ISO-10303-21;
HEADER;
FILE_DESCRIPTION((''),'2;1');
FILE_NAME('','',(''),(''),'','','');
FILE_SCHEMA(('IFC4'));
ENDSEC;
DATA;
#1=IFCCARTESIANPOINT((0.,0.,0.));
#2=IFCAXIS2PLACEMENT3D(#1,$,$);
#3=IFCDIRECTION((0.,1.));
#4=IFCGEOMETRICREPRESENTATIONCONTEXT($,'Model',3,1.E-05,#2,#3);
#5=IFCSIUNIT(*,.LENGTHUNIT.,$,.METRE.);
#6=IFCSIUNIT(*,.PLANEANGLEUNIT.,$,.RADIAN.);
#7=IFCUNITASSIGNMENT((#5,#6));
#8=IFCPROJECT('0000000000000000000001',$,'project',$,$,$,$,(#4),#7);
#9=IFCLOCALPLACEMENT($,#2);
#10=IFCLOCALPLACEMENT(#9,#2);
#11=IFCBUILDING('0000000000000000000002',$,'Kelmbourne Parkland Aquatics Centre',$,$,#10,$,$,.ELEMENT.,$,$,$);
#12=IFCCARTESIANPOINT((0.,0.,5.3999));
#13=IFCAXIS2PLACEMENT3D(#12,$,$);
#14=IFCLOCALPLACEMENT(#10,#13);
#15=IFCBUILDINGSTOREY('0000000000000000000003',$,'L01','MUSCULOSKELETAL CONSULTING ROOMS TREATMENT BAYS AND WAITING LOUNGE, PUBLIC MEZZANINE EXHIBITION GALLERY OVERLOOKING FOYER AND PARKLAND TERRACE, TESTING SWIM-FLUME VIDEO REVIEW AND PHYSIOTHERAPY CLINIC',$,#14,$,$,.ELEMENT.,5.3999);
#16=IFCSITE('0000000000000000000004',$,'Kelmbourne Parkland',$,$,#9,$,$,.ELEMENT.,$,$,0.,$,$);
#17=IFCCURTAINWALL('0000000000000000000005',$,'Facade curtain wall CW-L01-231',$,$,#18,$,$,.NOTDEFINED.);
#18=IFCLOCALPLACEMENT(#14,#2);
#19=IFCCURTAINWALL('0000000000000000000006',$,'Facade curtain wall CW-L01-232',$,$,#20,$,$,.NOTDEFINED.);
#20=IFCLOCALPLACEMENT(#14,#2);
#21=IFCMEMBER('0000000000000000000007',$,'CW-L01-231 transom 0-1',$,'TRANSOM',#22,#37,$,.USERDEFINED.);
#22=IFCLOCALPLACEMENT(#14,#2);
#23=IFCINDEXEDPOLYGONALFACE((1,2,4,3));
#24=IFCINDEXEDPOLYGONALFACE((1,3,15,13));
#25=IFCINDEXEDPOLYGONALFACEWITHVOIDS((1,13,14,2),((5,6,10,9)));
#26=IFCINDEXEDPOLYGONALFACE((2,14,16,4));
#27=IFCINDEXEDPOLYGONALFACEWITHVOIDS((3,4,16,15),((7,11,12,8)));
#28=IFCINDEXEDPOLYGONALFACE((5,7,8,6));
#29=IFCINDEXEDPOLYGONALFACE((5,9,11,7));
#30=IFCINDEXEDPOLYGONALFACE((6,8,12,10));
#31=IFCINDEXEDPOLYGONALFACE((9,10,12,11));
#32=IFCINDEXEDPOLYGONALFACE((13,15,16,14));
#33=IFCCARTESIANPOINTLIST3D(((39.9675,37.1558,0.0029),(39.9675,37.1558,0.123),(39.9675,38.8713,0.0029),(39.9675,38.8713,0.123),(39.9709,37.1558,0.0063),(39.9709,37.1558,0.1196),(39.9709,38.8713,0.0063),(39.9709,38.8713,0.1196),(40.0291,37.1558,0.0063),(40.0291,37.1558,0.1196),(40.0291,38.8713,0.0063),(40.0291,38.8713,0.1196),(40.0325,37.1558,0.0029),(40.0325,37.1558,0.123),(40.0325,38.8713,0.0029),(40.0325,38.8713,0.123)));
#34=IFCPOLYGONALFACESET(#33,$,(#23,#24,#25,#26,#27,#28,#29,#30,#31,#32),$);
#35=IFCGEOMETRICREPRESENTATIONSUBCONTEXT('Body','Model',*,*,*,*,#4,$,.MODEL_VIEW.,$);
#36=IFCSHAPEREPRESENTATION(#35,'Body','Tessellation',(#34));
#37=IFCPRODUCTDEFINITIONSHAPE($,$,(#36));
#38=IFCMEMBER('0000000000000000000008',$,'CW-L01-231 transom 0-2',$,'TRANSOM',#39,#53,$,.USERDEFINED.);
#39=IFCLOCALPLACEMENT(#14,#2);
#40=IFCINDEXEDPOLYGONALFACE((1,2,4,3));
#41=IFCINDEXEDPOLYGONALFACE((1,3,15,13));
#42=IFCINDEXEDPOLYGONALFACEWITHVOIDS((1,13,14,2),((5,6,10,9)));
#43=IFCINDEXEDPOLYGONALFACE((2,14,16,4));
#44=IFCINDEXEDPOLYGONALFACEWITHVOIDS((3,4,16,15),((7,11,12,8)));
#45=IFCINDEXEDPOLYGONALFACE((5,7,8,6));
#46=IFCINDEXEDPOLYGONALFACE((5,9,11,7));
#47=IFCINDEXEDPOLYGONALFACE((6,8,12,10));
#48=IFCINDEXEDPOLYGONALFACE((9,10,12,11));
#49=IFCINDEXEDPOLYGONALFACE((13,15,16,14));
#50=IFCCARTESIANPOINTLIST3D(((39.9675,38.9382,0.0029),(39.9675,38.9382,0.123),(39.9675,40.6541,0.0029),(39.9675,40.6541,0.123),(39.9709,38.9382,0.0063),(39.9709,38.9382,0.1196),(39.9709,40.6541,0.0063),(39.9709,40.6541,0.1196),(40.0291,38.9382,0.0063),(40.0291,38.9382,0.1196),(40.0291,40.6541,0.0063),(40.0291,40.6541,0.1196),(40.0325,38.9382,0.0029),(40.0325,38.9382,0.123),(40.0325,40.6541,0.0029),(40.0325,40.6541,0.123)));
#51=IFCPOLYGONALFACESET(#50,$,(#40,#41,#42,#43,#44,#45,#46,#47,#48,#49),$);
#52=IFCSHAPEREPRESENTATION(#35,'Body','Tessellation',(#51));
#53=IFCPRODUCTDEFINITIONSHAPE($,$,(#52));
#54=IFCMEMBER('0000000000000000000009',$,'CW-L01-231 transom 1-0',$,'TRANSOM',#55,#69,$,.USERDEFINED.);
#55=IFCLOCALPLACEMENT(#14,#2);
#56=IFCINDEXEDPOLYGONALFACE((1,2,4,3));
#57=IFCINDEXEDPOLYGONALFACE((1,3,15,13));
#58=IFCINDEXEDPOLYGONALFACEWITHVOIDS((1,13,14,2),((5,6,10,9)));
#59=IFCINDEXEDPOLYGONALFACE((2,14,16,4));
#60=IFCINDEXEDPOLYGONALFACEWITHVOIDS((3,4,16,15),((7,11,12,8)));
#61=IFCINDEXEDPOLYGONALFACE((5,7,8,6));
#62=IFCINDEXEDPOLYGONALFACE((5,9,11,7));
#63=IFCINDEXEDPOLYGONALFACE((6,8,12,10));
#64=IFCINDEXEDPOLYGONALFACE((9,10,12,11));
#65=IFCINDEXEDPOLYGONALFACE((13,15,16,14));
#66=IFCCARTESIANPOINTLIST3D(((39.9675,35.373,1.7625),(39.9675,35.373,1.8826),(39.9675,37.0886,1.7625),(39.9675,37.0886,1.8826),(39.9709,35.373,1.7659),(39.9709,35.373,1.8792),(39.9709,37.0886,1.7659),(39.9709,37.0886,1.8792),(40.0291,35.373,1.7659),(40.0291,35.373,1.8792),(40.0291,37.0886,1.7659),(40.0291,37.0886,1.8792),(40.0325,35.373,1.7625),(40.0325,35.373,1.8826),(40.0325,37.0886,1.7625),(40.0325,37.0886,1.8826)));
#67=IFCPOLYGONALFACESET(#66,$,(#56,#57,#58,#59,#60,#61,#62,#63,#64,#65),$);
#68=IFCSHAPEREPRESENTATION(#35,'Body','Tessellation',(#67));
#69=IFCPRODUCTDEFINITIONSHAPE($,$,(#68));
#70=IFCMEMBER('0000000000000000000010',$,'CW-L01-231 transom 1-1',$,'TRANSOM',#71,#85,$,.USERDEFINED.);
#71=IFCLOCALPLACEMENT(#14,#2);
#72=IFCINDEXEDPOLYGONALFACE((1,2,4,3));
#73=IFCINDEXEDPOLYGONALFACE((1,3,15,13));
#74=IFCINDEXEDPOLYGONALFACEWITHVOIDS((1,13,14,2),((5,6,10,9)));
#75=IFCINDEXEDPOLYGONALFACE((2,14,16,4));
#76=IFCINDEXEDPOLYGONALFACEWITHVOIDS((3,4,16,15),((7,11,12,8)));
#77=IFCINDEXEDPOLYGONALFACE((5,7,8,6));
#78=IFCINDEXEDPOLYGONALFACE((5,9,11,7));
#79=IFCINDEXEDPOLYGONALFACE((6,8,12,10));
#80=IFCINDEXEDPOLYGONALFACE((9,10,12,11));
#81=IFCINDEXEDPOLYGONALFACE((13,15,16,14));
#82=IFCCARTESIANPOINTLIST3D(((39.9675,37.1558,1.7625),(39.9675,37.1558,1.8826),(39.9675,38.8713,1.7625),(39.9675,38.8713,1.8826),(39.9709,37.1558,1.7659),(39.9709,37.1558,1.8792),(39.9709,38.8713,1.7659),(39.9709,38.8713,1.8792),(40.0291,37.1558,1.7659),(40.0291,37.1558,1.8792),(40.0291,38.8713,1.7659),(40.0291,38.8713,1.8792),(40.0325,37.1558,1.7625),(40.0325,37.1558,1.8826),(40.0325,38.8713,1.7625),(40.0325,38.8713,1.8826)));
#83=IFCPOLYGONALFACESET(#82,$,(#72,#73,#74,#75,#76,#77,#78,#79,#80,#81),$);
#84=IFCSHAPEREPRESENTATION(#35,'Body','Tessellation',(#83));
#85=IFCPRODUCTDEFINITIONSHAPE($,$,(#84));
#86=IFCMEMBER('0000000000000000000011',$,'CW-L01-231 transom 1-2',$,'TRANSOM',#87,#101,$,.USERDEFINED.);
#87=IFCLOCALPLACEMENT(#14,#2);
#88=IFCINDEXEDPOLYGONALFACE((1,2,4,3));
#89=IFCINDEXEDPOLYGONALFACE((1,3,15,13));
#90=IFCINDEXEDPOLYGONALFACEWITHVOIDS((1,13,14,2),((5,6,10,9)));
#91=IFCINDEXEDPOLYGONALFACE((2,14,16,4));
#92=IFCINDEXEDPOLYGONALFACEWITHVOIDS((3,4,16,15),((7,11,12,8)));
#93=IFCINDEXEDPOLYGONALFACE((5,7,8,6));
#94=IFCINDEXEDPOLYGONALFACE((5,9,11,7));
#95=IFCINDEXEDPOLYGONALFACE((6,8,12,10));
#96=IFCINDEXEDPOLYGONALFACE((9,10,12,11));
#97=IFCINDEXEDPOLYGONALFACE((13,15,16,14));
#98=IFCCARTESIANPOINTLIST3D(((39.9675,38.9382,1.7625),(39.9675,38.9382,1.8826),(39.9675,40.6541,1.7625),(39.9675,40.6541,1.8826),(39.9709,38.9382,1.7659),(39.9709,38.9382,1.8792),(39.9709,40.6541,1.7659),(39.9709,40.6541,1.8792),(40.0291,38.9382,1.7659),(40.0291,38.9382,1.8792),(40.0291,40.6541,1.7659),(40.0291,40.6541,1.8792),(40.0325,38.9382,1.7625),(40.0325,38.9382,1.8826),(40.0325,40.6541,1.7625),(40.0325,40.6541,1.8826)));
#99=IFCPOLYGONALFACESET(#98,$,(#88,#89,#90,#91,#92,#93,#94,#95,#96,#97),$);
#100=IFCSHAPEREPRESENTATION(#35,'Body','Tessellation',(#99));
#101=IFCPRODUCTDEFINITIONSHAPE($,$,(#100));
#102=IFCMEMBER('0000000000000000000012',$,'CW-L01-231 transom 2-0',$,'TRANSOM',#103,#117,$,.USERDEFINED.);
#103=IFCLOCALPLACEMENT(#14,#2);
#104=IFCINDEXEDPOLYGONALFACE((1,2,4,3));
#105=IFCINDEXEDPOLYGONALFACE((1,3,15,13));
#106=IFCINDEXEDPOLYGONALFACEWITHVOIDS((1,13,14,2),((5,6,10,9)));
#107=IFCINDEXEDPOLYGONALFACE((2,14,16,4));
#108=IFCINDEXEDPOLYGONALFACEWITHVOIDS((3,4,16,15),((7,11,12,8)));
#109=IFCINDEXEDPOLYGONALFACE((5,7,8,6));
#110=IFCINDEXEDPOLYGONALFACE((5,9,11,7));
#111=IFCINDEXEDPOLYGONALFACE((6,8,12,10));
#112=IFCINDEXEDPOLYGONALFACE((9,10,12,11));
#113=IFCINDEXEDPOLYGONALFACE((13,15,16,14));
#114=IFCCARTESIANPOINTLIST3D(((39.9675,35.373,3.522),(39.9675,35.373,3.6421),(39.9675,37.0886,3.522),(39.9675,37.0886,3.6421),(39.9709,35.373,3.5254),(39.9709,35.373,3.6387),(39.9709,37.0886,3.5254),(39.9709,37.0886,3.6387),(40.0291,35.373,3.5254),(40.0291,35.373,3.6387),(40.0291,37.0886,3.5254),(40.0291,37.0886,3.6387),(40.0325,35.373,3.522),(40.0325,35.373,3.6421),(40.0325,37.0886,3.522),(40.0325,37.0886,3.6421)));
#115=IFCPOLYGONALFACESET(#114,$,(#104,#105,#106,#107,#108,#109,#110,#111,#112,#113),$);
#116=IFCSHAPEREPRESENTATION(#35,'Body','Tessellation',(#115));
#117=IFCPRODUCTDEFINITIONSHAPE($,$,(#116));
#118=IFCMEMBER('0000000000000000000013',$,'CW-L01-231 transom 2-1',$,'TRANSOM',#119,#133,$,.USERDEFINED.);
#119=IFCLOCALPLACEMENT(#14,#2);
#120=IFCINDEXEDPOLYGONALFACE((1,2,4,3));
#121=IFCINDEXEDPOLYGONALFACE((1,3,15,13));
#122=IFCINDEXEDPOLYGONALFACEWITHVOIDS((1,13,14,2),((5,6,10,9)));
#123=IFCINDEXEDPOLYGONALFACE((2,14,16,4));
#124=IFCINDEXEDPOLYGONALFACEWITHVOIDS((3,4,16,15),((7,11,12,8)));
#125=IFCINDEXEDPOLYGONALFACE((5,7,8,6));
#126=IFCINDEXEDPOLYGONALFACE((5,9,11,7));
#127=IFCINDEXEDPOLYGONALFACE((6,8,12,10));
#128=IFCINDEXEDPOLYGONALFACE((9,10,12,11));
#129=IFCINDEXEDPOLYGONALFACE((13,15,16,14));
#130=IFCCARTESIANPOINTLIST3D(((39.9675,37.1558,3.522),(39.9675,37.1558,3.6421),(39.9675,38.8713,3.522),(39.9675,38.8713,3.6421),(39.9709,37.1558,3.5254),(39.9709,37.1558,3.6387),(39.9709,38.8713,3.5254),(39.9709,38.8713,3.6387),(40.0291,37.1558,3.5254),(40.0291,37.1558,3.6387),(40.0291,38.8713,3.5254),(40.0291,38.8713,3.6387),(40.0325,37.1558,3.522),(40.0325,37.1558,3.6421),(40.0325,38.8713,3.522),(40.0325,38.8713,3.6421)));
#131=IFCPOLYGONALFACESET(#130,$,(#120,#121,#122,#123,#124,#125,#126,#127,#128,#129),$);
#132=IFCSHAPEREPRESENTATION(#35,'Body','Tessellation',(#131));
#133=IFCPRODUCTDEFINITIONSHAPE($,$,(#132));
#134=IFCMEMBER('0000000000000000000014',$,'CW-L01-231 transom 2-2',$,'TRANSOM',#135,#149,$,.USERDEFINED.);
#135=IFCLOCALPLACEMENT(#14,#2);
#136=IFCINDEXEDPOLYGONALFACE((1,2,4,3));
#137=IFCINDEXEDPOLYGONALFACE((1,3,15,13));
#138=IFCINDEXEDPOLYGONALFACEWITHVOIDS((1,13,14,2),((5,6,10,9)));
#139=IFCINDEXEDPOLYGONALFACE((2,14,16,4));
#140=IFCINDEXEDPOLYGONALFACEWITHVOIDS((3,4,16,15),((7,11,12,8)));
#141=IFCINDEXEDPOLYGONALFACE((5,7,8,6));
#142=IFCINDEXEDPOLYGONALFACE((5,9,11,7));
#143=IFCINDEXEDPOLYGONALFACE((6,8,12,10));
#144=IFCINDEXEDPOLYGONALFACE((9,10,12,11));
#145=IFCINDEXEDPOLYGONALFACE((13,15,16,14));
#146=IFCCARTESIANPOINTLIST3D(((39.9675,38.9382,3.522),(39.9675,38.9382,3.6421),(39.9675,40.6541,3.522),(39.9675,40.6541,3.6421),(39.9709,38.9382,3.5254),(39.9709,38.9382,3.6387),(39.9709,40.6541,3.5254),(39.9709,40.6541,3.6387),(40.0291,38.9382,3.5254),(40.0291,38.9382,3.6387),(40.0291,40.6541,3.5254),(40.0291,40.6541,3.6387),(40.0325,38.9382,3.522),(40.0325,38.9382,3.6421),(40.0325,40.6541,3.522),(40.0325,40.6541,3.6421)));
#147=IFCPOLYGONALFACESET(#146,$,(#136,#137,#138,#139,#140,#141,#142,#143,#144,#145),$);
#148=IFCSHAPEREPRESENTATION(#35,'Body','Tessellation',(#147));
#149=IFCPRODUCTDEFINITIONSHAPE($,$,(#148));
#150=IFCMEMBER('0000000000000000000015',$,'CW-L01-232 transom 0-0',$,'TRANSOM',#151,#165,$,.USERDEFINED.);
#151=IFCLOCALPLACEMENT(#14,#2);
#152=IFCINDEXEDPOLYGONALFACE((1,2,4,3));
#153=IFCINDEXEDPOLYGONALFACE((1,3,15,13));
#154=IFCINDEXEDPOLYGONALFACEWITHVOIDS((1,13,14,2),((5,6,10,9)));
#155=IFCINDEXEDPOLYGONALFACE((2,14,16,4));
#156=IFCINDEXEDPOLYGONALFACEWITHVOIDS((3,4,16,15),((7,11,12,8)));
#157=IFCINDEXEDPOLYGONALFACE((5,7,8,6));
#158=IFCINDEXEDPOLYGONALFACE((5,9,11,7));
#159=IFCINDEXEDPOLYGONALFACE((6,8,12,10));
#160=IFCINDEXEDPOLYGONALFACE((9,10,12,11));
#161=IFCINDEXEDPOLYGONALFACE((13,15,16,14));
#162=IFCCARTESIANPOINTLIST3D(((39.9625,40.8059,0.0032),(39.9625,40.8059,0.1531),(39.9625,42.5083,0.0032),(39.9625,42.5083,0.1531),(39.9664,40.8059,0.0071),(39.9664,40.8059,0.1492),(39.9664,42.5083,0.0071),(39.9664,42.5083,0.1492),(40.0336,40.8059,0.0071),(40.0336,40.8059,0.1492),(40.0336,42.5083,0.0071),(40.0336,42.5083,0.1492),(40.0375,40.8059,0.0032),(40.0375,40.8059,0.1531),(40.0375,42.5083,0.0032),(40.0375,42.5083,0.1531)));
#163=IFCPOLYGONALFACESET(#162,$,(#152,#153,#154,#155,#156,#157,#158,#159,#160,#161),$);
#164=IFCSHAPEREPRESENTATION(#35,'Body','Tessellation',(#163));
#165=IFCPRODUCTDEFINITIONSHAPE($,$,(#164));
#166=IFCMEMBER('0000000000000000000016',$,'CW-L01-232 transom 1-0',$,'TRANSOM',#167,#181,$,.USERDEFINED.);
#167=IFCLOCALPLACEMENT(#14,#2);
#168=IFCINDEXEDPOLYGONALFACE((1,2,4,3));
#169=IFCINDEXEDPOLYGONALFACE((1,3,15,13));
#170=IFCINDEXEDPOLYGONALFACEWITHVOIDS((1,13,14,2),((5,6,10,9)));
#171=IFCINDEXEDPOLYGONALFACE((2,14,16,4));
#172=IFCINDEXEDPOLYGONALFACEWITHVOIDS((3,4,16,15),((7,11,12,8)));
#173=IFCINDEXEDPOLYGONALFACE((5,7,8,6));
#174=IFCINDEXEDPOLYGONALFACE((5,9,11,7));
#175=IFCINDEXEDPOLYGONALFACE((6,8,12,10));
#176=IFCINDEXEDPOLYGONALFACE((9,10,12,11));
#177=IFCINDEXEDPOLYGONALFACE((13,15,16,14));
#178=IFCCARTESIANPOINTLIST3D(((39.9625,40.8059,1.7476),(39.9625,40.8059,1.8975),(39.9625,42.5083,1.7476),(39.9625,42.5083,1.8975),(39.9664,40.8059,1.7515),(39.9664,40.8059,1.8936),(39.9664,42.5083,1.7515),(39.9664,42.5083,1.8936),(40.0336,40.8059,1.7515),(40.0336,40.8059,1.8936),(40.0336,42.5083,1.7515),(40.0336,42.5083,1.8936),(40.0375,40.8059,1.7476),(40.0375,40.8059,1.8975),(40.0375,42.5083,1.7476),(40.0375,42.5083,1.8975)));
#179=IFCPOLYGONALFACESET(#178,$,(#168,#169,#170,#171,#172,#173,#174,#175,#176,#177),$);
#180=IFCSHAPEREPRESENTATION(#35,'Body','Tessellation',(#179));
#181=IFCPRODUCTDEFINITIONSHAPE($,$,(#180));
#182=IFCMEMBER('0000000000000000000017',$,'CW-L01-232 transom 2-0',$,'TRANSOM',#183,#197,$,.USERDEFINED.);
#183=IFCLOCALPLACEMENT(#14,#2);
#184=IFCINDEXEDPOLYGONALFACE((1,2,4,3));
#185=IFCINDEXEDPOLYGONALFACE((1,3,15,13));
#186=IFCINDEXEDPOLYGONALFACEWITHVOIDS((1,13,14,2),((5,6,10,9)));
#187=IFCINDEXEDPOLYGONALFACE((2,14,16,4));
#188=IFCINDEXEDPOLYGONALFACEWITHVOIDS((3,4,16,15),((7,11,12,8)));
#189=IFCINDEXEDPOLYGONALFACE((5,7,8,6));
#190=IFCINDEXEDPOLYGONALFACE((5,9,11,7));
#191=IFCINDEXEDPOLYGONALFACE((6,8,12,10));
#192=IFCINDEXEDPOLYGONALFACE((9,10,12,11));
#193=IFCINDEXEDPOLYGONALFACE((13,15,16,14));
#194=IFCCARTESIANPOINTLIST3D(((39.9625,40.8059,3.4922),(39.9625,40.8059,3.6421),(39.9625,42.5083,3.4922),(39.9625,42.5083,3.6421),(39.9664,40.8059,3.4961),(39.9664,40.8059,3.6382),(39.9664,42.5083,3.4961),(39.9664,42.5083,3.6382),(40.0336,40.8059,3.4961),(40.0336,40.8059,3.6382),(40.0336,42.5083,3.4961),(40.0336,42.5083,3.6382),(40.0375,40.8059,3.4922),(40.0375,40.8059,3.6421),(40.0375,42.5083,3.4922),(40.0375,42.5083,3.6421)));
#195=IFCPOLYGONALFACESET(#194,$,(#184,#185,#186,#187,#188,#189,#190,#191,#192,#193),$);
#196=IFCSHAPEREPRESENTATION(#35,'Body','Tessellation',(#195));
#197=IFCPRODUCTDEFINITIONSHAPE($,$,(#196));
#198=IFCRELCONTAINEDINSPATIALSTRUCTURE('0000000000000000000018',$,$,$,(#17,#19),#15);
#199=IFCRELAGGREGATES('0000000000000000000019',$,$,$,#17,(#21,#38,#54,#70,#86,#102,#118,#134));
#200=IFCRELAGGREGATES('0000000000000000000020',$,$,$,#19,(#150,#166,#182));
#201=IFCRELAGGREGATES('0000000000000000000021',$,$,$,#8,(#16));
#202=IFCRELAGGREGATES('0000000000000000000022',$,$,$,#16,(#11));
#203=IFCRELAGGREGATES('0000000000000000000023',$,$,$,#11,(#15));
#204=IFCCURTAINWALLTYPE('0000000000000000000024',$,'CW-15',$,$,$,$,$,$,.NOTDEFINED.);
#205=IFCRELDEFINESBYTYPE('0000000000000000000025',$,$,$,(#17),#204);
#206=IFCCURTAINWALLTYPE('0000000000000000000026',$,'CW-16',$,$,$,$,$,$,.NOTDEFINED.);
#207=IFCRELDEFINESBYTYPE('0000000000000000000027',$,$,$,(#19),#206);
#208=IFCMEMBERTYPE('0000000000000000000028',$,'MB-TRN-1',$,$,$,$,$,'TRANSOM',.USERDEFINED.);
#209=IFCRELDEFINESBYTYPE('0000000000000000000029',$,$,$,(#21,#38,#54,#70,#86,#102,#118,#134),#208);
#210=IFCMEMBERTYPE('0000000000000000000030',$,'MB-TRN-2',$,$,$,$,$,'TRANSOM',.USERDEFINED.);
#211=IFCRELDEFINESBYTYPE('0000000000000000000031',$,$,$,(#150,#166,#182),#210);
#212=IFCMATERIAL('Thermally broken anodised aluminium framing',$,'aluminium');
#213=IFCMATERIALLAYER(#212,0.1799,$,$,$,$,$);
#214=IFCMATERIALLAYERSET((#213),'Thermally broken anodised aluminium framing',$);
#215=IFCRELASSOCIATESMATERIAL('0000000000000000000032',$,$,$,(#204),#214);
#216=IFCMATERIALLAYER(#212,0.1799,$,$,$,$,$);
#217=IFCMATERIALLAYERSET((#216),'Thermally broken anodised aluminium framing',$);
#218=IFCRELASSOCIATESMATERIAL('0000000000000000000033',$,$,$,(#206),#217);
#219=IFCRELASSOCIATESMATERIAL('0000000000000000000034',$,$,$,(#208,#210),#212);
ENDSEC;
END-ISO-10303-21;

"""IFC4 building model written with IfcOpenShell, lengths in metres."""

from ifc_helpers import new_model, si_unit, direction, frame, origin, origin_2d, place, context, subcontext, project, spatial, hollow_rectangle, extrude, material, layer, layer_set, material_profile, profile_set, type_object, element, aggregate, save


model = new_model("IFC4")

# Units and contexts
model_context = context("Model", 3, precision=1e-05, world=origin(), true_north=direction((0.0, 1.0)))
body_context = subcontext(model_context, "Body", "Model", "MODEL_VIEW")
ifc_project = project(units=[si_unit("LENGTHUNIT", "METRE"), si_unit("PLANEANGLEUNIT", "RADIAN")], contexts=[model_context])

# Site, building, storey
site_placement = place(None, origin())
site = spatial("IfcSite", under=ifc_project, at=site_placement, Name="Kelmbourne Parkland", CompositionType="ELEMENT", RefElevation=0.0)
building_placement = place(site_placement, origin())
building = spatial("IfcBuilding", under=site, at=building_placement, Name="Kelmbourne Parkland Aquatics Centre", CompositionType="ELEMENT")
storey_placement = place(building_placement, frame((0.0, 0.0, 5.3999)))
storey = spatial("IfcBuildingStorey", under=building, at=storey_placement, Name="L01", Description="MUSCULOSKELETAL CONSULTING ROOMS TREATMENT BAYS AND WAITING LOUNGE, PUBLIC MEZZANINE EXHIBITION GALLERY OVERLOOKING FOYER AND PARKLAND TERRACE, TESTING SWIM-FLUME VIDEO REVIEW AND PHYSIOTHERAPY CLINIC", CompositionType="ELEMENT", Elevation=5.3999)

# Curtain walls
ifc_material_1 = material(Name="Thermally broken anodised aluminium framing", Category="aluminium")
ifc_layer_1 = layer(ifc_material_1, 0.1799)
ifc_layer_set_1 = layer_set([ifc_layer_1], Name="Thermally broken anodised aluminium framing")
curtain_wall_type_1 = type_object("IfcCurtainWallType", Name="CW-15", PredefinedType="NOTDEFINED", material=ifc_layer_set_1)
curtain_wall_1_placement = place(storey_placement, origin())
curtain_wall_1 = element("IfcCurtainWall", 1, at=curtain_wall_1_placement, inside=storey, type_object=curtain_wall_type_1, Name="Facade curtain wall CW-L01-231", PredefinedType="NOTDEFINED")
ifc_layer_2 = layer(ifc_material_1, 0.1799)
ifc_layer_set_2 = layer_set([ifc_layer_2], Name="Thermally broken anodised aluminium framing")
curtain_wall_type_2 = type_object("IfcCurtainWallType", Name="CW-16", PredefinedType="NOTDEFINED", material=ifc_layer_set_2)
curtain_wall_2_placement = place(storey_placement, origin())
curtain_wall_2 = element("IfcCurtainWall", 2, at=curtain_wall_2_placement, inside=storey, type_object=curtain_wall_type_2, Name="Facade curtain wall CW-L01-232", PredefinedType="NOTDEFINED")

# Members
ifc_material_profile_1 = material_profile(ifc_material_1, hollow_rectangle(XDim=0.0649, YDim=0.1201, WallThickness=0.0034, at=origin_2d()), Name="CW-T 65x120")
ifc_profile_set_1 = profile_set([ifc_material_profile_1], Name="Thermally broken anodised aluminium framing")
member_type_1 = type_object("IfcMemberType", Name="MB-TRN-1", ElementType="TRANSOM", PredefinedType="USERDEFINED", material=ifc_profile_set_1)
member_1_placement = place(storey_placement, frame((40.0, 37.1558, 0.063), z_axis=(0.0, 1.0, 0.0), x_axis=(-1.0, 0.0, 0.0)))
member_1 = element("IfcMember", 3, at=member_1_placement, type_object=member_type_1, Name="CW-L01-231 transom 0-1", ObjectType="TRANSOM", PredefinedType="USERDEFINED", context=body_context, shape_type="SweptSolid", body=[
    extrude(hollow_rectangle(XDim=0.0649, YDim=0.1201, WallThickness=0.0034, at=origin_2d()), origin(), (0.0, 0.0, 1.0), 1.7156),
])
member_2_placement = place(storey_placement, frame((40.0, 38.9382, 0.063), z_axis=(0.0, 1.0, 0.0), x_axis=(-1.0, 0.0, 0.0)))
member_2 = element("IfcMember", 4, at=member_2_placement, type_object=member_type_1, Name="CW-L01-231 transom 0-2", ObjectType="TRANSOM", PredefinedType="USERDEFINED", context=body_context, shape_type="SweptSolid", body=[
    extrude(hollow_rectangle(XDim=0.0649, YDim=0.1201, WallThickness=0.0034, at=origin_2d()), origin(), (0.0, 0.0, 1.0), 1.7158),
])
member_3_placement = place(storey_placement, frame((40.0, 35.373, 1.8225), z_axis=(0.0, 1.0, 0.0), x_axis=(-1.0, 0.0, 0.0)))
member_3 = element("IfcMember", 5, at=member_3_placement, type_object=member_type_1, Name="CW-L01-231 transom 1-0", ObjectType="TRANSOM", PredefinedType="USERDEFINED", context=body_context, shape_type="SweptSolid", body=[
    extrude(hollow_rectangle(XDim=0.0649, YDim=0.1201, WallThickness=0.0034, at=origin_2d()), origin(), (0.0, 0.0, 1.0), 1.7156),
])
member_4_placement = place(storey_placement, frame((40.0, 37.1558, 1.8225), z_axis=(0.0, 1.0, 0.0), x_axis=(-1.0, 0.0, 0.0)))
member_4 = element("IfcMember", 6, at=member_4_placement, type_object=member_type_1, Name="CW-L01-231 transom 1-1", ObjectType="TRANSOM", PredefinedType="USERDEFINED", context=body_context, shape_type="SweptSolid", body=[
    extrude(hollow_rectangle(XDim=0.0649, YDim=0.1201, WallThickness=0.0034, at=origin_2d()), origin(), (0.0, 0.0, 1.0), 1.7156),
])
member_5_placement = place(storey_placement, frame((40.0, 38.9382, 1.8225), z_axis=(0.0, 1.0, 0.0), x_axis=(-1.0, 0.0, 0.0)))
member_5 = element("IfcMember", 7, at=member_5_placement, type_object=member_type_1, Name="CW-L01-231 transom 1-2", ObjectType="TRANSOM", PredefinedType="USERDEFINED", context=body_context, shape_type="SweptSolid", body=[
    extrude(hollow_rectangle(XDim=0.0649, YDim=0.1201, WallThickness=0.0034, at=origin_2d()), origin(), (0.0, 0.0, 1.0), 1.7158),
])
member_6_placement = place(storey_placement, frame((40.0, 35.373, 3.582), z_axis=(0.0, 1.0, 0.0), x_axis=(-1.0, 0.0, 0.0)))
member_6 = element("IfcMember", 8, at=member_6_placement, type_object=member_type_1, Name="CW-L01-231 transom 2-0", ObjectType="TRANSOM", PredefinedType="USERDEFINED", context=body_context, shape_type="SweptSolid", body=[
    extrude(hollow_rectangle(XDim=0.0649, YDim=0.1201, WallThickness=0.0034, at=origin_2d()), origin(), (0.0, 0.0, 1.0), 1.7156),
])
member_7_placement = place(storey_placement, frame((40.0, 37.1558, 3.582), z_axis=(0.0, 1.0, 0.0), x_axis=(-1.0, 0.0, 0.0)))
member_7 = element("IfcMember", 9, at=member_7_placement, type_object=member_type_1, Name="CW-L01-231 transom 2-1", ObjectType="TRANSOM", PredefinedType="USERDEFINED", context=body_context, shape_type="SweptSolid", body=[
    extrude(hollow_rectangle(XDim=0.0649, YDim=0.1201, WallThickness=0.0034, at=origin_2d()), origin(), (0.0, 0.0, 1.0), 1.7156),
])
member_8_placement = place(storey_placement, frame((40.0, 38.9382, 3.582), z_axis=(0.0, 1.0, 0.0), x_axis=(-1.0, 0.0, 0.0)))
member_8 = element("IfcMember", 10, at=member_8_placement, type_object=member_type_1, Name="CW-L01-231 transom 2-2", ObjectType="TRANSOM", PredefinedType="USERDEFINED", context=body_context, shape_type="SweptSolid", body=[
    extrude(hollow_rectangle(XDim=0.0649, YDim=0.1201, WallThickness=0.0034, at=origin_2d()), origin(), (0.0, 0.0, 1.0), 1.7158),
])
ifc_material_profile_2 = material_profile(ifc_material_1, hollow_rectangle(XDim=0.075, YDim=0.1499, WallThickness=0.0039, at=origin_2d()), Name="CW-T 75x150")
ifc_profile_set_2 = profile_set([ifc_material_profile_2], Name="Thermally broken anodised aluminium framing")
member_type_2 = type_object("IfcMemberType", Name="MB-TRN-2", ElementType="TRANSOM", PredefinedType="USERDEFINED", material=ifc_profile_set_2)
member_9_placement = place(storey_placement, frame((40.0, 40.8059, 0.0781), z_axis=(0.0, 1.0, 0.0), x_axis=(-1.0, 0.0, 0.0)))
member_9 = element("IfcMember", 11, at=member_9_placement, type_object=member_type_2, Name="CW-L01-232 transom 0-0", ObjectType="TRANSOM", PredefinedType="USERDEFINED", context=body_context, shape_type="SweptSolid", body=[
    extrude(hollow_rectangle(XDim=0.075, YDim=0.1499, WallThickness=0.0039, at=origin_2d()), origin(), (0.0, 0.0, 1.0), 1.7024),
])
member_10_placement = place(storey_placement, frame((40.0, 40.8059, 1.8225), z_axis=(0.0, 1.0, 0.0), x_axis=(-1.0, 0.0, 0.0)))
member_10 = element("IfcMember", 12, at=member_10_placement, type_object=member_type_2, Name="CW-L01-232 transom 1-0", ObjectType="TRANSOM", PredefinedType="USERDEFINED", context=body_context, shape_type="SweptSolid", body=[
    extrude(hollow_rectangle(XDim=0.075, YDim=0.1499, WallThickness=0.0039, at=origin_2d()), origin(), (0.0, 0.0, 1.0), 1.7024),
])
member_11_placement = place(storey_placement, frame((40.0, 40.8059, 3.5671), z_axis=(0.0, 1.0, 0.0), x_axis=(-1.0, 0.0, 0.0)))
member_11 = element("IfcMember", 13, at=member_11_placement, type_object=member_type_2, Name="CW-L01-232 transom 2-0", ObjectType="TRANSOM", PredefinedType="USERDEFINED", context=body_context, shape_type="SweptSolid", body=[
    extrude(hollow_rectangle(XDim=0.075, YDim=0.1499, WallThickness=0.0039, at=origin_2d()), origin(), (0.0, 0.0, 1.0), 1.7024),
])

aggregate(curtain_wall_1, [member_1, member_2, member_3, member_4, member_5, member_6, member_7, member_8])
aggregate(curtain_wall_2, [member_9, member_10, member_11])

save(model, "model.ifc")
